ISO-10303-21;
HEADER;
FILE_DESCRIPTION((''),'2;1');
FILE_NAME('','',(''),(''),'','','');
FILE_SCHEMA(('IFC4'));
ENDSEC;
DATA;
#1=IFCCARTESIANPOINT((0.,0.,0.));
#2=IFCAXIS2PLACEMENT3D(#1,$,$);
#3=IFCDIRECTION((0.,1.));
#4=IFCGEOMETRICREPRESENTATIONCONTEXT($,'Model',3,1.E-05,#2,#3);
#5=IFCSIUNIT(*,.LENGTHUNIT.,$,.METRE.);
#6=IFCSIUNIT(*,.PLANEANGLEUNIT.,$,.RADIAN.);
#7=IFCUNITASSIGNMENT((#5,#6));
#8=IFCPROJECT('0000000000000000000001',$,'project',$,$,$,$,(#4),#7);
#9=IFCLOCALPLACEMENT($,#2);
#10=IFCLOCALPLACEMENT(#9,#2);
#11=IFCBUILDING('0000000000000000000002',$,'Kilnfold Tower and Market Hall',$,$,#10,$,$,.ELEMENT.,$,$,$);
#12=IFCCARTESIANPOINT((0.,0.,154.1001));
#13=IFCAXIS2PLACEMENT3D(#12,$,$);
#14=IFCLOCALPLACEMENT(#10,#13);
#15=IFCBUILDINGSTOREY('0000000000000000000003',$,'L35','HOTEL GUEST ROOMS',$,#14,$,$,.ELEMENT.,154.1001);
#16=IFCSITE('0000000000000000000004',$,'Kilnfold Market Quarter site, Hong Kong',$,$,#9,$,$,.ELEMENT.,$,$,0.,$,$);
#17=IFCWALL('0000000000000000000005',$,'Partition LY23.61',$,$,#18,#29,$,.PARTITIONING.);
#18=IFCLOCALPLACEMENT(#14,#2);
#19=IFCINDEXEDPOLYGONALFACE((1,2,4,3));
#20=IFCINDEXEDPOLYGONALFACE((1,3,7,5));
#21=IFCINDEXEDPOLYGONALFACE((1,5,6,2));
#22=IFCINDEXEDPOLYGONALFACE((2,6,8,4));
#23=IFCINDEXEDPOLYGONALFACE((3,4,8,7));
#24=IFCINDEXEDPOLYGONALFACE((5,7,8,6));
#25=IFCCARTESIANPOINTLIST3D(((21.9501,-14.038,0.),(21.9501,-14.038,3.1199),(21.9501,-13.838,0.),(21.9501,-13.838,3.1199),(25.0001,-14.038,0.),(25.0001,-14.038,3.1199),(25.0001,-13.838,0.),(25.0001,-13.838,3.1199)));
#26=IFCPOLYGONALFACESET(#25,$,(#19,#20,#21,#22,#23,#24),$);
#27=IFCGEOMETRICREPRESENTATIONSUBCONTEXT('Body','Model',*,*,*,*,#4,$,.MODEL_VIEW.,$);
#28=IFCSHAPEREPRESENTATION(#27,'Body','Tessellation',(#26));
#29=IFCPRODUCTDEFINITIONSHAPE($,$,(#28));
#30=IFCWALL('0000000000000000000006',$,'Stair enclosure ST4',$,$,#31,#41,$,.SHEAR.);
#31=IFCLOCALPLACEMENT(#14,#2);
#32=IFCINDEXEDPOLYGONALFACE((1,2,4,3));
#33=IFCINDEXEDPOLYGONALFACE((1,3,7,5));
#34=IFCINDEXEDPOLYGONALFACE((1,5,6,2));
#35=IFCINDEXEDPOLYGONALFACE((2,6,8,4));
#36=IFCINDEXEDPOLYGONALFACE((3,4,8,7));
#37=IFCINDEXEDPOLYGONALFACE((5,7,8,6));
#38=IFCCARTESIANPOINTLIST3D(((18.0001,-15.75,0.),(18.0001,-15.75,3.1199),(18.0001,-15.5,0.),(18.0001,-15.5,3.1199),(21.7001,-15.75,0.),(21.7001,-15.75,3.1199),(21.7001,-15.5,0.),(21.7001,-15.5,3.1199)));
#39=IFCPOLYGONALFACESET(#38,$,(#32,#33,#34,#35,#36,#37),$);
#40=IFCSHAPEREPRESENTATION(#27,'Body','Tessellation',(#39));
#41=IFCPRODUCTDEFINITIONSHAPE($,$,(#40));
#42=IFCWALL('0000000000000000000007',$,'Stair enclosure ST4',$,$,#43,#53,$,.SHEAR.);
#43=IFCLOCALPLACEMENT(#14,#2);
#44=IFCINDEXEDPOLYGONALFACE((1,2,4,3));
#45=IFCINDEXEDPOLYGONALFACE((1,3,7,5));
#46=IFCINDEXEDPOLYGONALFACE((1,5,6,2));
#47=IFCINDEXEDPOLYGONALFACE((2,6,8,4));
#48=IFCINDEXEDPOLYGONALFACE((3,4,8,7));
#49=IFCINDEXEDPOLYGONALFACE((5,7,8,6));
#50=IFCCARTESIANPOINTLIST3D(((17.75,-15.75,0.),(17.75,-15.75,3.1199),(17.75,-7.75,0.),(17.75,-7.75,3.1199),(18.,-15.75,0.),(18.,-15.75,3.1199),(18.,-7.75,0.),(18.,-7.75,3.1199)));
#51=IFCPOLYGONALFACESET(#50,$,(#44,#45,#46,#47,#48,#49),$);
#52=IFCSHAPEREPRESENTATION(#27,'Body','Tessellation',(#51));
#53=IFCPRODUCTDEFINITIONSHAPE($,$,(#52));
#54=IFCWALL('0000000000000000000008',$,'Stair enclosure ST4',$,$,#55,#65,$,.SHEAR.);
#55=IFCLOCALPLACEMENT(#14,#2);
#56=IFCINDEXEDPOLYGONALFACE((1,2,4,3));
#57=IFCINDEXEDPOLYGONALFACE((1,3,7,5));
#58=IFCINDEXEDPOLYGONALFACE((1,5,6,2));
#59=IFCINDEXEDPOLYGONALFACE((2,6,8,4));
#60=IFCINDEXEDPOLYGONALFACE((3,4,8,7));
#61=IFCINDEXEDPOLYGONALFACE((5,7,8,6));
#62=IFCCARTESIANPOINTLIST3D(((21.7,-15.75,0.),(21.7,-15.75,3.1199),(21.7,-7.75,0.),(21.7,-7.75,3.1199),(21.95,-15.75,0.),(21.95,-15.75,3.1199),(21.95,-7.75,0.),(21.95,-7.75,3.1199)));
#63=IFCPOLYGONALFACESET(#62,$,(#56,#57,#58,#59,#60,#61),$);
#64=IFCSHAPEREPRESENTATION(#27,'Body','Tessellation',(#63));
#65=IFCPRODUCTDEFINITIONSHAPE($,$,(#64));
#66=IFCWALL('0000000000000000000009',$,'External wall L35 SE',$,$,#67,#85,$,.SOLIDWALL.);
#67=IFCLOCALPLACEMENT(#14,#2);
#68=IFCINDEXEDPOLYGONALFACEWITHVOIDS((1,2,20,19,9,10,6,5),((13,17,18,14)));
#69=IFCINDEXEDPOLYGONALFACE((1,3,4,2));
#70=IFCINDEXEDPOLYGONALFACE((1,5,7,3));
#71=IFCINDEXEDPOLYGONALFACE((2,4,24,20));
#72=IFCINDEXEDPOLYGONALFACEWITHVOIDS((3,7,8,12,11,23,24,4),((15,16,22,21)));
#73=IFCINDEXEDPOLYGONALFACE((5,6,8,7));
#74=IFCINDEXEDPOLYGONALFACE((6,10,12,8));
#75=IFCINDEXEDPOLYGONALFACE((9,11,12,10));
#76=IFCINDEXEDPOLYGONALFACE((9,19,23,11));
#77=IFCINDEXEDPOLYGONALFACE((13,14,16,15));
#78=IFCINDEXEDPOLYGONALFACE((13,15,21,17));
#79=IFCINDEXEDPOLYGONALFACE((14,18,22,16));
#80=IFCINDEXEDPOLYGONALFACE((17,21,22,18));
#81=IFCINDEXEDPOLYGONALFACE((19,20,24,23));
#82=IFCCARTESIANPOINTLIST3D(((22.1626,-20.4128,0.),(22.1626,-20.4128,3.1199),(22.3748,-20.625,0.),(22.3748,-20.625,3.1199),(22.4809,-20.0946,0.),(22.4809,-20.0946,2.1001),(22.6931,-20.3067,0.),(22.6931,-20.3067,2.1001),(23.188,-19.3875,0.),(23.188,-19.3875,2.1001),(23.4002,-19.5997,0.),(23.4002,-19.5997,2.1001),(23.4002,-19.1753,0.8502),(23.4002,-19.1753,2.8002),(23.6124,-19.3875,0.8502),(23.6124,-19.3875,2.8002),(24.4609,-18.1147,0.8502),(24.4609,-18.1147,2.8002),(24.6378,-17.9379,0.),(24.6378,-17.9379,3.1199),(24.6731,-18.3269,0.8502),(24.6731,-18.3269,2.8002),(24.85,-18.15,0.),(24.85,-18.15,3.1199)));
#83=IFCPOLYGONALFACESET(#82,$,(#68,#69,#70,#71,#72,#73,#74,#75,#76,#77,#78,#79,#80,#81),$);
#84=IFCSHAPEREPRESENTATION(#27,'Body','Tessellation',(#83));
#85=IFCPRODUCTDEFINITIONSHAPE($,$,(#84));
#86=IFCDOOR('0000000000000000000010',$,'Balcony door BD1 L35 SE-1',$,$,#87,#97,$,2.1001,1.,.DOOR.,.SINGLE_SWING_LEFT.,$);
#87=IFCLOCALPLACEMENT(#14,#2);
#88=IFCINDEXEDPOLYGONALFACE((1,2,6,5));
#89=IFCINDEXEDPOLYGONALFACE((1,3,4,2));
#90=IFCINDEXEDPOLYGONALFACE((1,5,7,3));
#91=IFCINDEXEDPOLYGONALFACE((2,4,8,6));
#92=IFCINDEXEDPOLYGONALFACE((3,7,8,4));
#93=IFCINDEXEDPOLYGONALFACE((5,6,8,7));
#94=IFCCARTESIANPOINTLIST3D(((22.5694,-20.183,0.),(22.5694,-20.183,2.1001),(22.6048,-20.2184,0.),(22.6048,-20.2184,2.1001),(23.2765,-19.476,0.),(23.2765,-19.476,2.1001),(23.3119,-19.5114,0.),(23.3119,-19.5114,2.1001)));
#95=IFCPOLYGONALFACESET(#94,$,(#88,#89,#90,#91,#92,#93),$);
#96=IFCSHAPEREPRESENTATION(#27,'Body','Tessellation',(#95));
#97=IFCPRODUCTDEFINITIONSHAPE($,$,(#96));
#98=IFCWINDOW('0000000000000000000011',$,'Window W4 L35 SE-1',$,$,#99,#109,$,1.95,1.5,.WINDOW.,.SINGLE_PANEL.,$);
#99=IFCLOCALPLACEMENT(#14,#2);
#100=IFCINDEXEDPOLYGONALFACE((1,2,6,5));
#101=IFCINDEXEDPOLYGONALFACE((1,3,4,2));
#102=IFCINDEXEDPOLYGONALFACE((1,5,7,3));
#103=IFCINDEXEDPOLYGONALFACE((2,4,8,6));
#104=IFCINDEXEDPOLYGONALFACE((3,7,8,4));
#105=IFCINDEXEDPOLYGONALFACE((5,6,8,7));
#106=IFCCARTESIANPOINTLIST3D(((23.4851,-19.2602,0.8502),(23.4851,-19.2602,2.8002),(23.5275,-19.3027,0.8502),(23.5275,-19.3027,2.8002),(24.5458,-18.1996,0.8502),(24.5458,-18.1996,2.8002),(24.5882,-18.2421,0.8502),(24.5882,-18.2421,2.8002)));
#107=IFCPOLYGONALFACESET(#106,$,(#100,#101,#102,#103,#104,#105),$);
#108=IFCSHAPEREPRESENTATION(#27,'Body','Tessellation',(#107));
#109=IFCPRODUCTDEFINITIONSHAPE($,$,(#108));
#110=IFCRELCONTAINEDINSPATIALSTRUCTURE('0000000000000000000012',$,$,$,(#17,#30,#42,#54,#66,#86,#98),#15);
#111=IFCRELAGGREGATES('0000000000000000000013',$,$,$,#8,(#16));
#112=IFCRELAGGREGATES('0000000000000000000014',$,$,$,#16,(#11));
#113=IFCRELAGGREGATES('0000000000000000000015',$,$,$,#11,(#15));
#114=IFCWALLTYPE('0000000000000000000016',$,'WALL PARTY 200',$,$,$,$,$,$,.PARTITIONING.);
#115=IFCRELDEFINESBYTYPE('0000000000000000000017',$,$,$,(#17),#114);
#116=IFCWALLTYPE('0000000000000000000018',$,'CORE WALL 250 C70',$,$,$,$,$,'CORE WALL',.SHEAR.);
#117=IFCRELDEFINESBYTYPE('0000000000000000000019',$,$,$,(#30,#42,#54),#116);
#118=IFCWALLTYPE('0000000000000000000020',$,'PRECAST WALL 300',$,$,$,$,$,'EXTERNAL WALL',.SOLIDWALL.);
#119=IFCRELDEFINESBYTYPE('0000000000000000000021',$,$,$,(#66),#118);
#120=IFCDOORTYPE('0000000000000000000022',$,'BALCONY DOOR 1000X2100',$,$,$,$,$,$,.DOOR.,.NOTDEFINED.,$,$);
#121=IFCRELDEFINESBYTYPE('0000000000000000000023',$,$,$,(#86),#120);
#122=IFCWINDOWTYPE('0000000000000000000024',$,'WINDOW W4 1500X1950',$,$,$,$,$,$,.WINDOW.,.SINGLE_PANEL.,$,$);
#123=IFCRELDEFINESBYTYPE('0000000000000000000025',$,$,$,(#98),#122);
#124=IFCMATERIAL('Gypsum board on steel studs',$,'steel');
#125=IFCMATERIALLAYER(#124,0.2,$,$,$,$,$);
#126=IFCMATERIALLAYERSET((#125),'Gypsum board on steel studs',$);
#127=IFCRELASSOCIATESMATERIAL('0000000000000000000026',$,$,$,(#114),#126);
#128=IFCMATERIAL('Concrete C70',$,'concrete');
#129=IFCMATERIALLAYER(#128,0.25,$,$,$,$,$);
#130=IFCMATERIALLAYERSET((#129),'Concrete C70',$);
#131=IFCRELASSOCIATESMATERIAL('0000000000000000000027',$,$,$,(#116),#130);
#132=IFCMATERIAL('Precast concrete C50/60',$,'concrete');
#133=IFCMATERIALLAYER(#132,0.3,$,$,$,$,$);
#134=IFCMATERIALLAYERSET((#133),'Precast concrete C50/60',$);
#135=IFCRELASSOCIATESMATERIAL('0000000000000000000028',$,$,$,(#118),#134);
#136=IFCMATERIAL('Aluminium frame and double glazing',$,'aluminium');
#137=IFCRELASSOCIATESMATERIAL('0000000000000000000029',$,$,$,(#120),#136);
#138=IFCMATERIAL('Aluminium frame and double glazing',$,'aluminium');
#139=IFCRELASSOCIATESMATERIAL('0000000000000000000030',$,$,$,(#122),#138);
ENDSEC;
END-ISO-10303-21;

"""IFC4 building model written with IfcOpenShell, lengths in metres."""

from ifc_helpers import new_model, si_unit, direction, frame, frame_2d, origin, place, context, subcontext, project, spatial, rectangle, extrude, source, transform, mapped, material, layer, layer_set, type_object, element, fill, save


model = new_model("IFC4")

# Units and contexts
model_context = context("Model", 3, precision=1e-05, world=origin(), true_north=direction((0.0, 1.0)))
body_context = subcontext(model_context, "Body", "Model", "MODEL_VIEW")
ifc_project = project(units=[si_unit("LENGTHUNIT", "METRE"), si_unit("PLANEANGLEUNIT", "RADIAN")], contexts=[model_context])

# Site, building, storey
site_placement = place(None, origin())
site = spatial("IfcSite", under=ifc_project, at=site_placement, Name="Kilnfold Market Quarter site, Hong Kong", CompositionType="ELEMENT", RefElevation=0.0)
building_placement = place(site_placement, origin())
building = spatial("IfcBuilding", under=site, at=building_placement, Name="Kilnfold Tower and Market Hall", CompositionType="ELEMENT")
storey_placement = place(building_placement, frame((0.0, 0.0, 154.1001)))
storey = spatial("IfcBuildingStorey", under=building, at=storey_placement, Name="L35", Description="HOTEL GUEST ROOMS", CompositionType="ELEMENT", Elevation=154.1001)

# Walls
ifc_material_1 = material(Name="Gypsum board on steel studs", Category="steel")
ifc_layer_1 = layer(ifc_material_1, 0.2)
ifc_layer_set_1 = layer_set([ifc_layer_1], Name="Gypsum board on steel studs")
wall_type_1 = type_object("IfcWallType", Name="WALL PARTY 200", PredefinedType="PARTITIONING", material=ifc_layer_set_1)
wall_1_placement = place(storey_placement, frame((25.0, -13.938, 0.0), z_axis=(0.0, 0.0, 1.0), x_axis=(-1.0, 0.0, 0.0)))
element("IfcWall", 1, at=wall_1_placement, inside=storey, type_object=wall_type_1, Name="Partition LY23.61", PredefinedType="PARTITIONING", context=body_context, shape_type="SweptSolid", body=[
    extrude(rectangle(XDim=3.05, YDim=0.2, at=frame_2d((1.5249, 0.0))), origin(), (0.0, 0.0, 1.0), 3.1199),
])
ifc_material_2 = material(Name="Concrete C70", Category="concrete")
ifc_layer_2 = layer(ifc_material_2, 0.25)
ifc_layer_set_2 = layer_set([ifc_layer_2], Name="Concrete C70")
wall_type_2 = type_object("IfcWallType", Name="CORE WALL 250 C70", ElementType="CORE WALL", PredefinedType="SHEAR", material=ifc_layer_set_2)
shared_shape_1 = source(origin(), body_context, "Body", "SweptSolid", [
    extrude(rectangle(XDim=3.7, YDim=0.25, at=frame_2d((1.8501, 0.0))), origin(), (0.0, 0.0, 1.0), 3.1199),
])
wall_2_placement = place(storey_placement, frame((18.0, -15.625, 0.0), z_axis=(0.0, 0.0, 1.0), x_axis=(1.0, 0.0, 0.0)))
element("IfcWall", 2, at=wall_2_placement, inside=storey, type_object=wall_type_2, Name="Stair enclosure ST4", PredefinedType="SHEAR", context=body_context, shape_type="MappedRepresentation", body=[
    mapped(shared_shape_1, transform((0.0, 0.0, 0.0))),
])
shared_shape_2 = source(origin(), body_context, "Body", "SweptSolid", [
    extrude(rectangle(XDim=8.0, YDim=0.25, at=frame_2d((4.0, 0.0))), origin(), (0.0, 0.0, 1.0), 3.1199),
])
for number, where, z_axis, x_axis, name in (
    (3, (17.875, -15.75, 0.0), (0.0, 0.0, 1.0), (0.0, 1.0, 0.0), "Stair enclosure ST4"),
    (4, (21.825, -15.75, 0.0), (0.0, 0.0, 1.0), (0.0, 1.0, 0.0), "Stair enclosure ST4"),
):
    element("IfcWall", number, at=place(storey_placement, frame(where, z_axis=z_axis, x_axis=x_axis)), inside=storey, type_object=wall_type_2, Name=name, PredefinedType="SHEAR", context=body_context, shape_type="MappedRepresentation", body=[
        mapped(shared_shape_2, transform((0.0, 0.0, 0.0))),
    ])

# Wall, openings, door, window
ifc_material_3 = material(Name="Precast concrete C50/60", Category="concrete")
ifc_layer_3 = layer(ifc_material_3, 0.3)
ifc_layer_set_3 = layer_set([ifc_layer_3], Name="Precast concrete C50/60")
wall_type_3 = type_object("IfcWallType", Name="PRECAST WALL 300", ElementType="EXTERNAL WALL", PredefinedType="SOLIDWALL", material=ifc_layer_set_3)
shared_shape_3 = source(origin(), body_context, "Body", "SweptSolid", [
    extrude(rectangle(XDim=3.5002, YDim=0.3, at=frame_2d((1.75, 0.0))), origin(), (0.0, 0.0, 1.0), 3.1199),
])
wall_3_placement = place(storey_placement, frame((22.2688, -20.5188, 0.0), z_axis=(0.0, 0.0, 1.0), x_axis=(0.707142, 0.707072, 0.0)))
wall_3 = element("IfcWall", 5, at=wall_3_placement, inside=storey, type_object=wall_type_3, Name="External wall L35 SE", PredefinedType="SOLIDWALL", context=body_context, shape_type="MappedRepresentation", body=[
    mapped(shared_shape_3, transform((0.0, 0.0, 0.0))),
])
opening_1_placement = place(wall_3_placement, frame((1.75, 0.0, 0.8501)))
opening_1 = element("IfcOpeningElement", 6, at=opening_1_placement, cuts=wall_3, PredefinedType="OPENING", context=body_context, shape_type="SweptSolid", body=[
    extrude(rectangle(XDim=1.5, YDim=1.95, at=frame_2d((0.75, 0.9751))), frame((0.0, 0.1602, 0.0), z_axis=(0.0, -1.0, 0.0), x_axis=(1.0, 0.0, 0.0)), (0.0, 0.0, 1.0), 0.3201),
])
opening_2_placement = place(wall_3_placement, frame((0.45, 0.0, 0.0)))
opening_2 = element("IfcOpeningElement", 7, at=opening_2_placement, cuts=wall_3, PredefinedType="OPENING", context=body_context, shape_type="SweptSolid", body=[
    extrude(rectangle(XDim=1.0, YDim=2.1001, at=frame_2d((0.5, 1.05))), frame((0.0, 0.1602, 0.0), z_axis=(0.0, -1.0, 0.0), x_axis=(1.0, 0.0, 0.0)), (0.0, 0.0, 1.0), 0.3201),
])
ifc_material_4 = material(Name="Aluminium frame and double glazing", Category="aluminium")
door_type_1 = type_object("IfcDoorType", Name="BALCONY DOOR 1000X2100", OperationType="NOTDEFINED", PredefinedType="DOOR", material=ifc_material_4)
door_1_placement = place(opening_2_placement, origin())
door_1 = element("IfcDoor", 8, at=door_1_placement, inside=storey, type_object=door_type_1, Name="Balcony door BD1 L35 SE-1", OperationType="SINGLE_SWING_LEFT", OverallHeight=2.1001, OverallWidth=1.0, PredefinedType="DOOR", context=body_context, shape_type="SweptSolid", body=[
    extrude(rectangle(XDim=1.0, YDim=2.1001, at=frame_2d((0.5, 1.05))), frame((0.0, 0.0249, 0.0), z_axis=(0.0, -1.0, 0.0), x_axis=(1.0, 0.0, 0.0)), (0.0, 0.0, 1.0), 0.05),
])
fill(opening_2, door_1)
ifc_material_5 = material(Name="Aluminium frame and double glazing", Category="aluminium")
window_type = type_object("IfcWindowType", Name="WINDOW W4 1500X1950", PartitioningType="SINGLE_PANEL", PredefinedType="WINDOW", material=ifc_material_5)
window_1_placement = place(opening_1_placement, origin())
window_1 = element("IfcWindow", 9, at=window_1_placement, inside=storey, type_object=window_type, Name="Window W4 L35 SE-1", OverallHeight=1.95, OverallWidth=1.5, PartitioningType="SINGLE_PANEL", PredefinedType="WINDOW", context=body_context, shape_type="SweptSolid", body=[
    extrude(rectangle(XDim=1.5, YDim=1.95, at=frame_2d((0.75, 0.9751))), frame((0.0, 0.03, 0.0), z_axis=(0.0, -1.0, 0.0), x_axis=(1.0, 0.0, 0.0)), (0.0, 0.0, 1.0), 0.0601),
])
fill(opening_1, window_1)

save(model, "model.ifc")
